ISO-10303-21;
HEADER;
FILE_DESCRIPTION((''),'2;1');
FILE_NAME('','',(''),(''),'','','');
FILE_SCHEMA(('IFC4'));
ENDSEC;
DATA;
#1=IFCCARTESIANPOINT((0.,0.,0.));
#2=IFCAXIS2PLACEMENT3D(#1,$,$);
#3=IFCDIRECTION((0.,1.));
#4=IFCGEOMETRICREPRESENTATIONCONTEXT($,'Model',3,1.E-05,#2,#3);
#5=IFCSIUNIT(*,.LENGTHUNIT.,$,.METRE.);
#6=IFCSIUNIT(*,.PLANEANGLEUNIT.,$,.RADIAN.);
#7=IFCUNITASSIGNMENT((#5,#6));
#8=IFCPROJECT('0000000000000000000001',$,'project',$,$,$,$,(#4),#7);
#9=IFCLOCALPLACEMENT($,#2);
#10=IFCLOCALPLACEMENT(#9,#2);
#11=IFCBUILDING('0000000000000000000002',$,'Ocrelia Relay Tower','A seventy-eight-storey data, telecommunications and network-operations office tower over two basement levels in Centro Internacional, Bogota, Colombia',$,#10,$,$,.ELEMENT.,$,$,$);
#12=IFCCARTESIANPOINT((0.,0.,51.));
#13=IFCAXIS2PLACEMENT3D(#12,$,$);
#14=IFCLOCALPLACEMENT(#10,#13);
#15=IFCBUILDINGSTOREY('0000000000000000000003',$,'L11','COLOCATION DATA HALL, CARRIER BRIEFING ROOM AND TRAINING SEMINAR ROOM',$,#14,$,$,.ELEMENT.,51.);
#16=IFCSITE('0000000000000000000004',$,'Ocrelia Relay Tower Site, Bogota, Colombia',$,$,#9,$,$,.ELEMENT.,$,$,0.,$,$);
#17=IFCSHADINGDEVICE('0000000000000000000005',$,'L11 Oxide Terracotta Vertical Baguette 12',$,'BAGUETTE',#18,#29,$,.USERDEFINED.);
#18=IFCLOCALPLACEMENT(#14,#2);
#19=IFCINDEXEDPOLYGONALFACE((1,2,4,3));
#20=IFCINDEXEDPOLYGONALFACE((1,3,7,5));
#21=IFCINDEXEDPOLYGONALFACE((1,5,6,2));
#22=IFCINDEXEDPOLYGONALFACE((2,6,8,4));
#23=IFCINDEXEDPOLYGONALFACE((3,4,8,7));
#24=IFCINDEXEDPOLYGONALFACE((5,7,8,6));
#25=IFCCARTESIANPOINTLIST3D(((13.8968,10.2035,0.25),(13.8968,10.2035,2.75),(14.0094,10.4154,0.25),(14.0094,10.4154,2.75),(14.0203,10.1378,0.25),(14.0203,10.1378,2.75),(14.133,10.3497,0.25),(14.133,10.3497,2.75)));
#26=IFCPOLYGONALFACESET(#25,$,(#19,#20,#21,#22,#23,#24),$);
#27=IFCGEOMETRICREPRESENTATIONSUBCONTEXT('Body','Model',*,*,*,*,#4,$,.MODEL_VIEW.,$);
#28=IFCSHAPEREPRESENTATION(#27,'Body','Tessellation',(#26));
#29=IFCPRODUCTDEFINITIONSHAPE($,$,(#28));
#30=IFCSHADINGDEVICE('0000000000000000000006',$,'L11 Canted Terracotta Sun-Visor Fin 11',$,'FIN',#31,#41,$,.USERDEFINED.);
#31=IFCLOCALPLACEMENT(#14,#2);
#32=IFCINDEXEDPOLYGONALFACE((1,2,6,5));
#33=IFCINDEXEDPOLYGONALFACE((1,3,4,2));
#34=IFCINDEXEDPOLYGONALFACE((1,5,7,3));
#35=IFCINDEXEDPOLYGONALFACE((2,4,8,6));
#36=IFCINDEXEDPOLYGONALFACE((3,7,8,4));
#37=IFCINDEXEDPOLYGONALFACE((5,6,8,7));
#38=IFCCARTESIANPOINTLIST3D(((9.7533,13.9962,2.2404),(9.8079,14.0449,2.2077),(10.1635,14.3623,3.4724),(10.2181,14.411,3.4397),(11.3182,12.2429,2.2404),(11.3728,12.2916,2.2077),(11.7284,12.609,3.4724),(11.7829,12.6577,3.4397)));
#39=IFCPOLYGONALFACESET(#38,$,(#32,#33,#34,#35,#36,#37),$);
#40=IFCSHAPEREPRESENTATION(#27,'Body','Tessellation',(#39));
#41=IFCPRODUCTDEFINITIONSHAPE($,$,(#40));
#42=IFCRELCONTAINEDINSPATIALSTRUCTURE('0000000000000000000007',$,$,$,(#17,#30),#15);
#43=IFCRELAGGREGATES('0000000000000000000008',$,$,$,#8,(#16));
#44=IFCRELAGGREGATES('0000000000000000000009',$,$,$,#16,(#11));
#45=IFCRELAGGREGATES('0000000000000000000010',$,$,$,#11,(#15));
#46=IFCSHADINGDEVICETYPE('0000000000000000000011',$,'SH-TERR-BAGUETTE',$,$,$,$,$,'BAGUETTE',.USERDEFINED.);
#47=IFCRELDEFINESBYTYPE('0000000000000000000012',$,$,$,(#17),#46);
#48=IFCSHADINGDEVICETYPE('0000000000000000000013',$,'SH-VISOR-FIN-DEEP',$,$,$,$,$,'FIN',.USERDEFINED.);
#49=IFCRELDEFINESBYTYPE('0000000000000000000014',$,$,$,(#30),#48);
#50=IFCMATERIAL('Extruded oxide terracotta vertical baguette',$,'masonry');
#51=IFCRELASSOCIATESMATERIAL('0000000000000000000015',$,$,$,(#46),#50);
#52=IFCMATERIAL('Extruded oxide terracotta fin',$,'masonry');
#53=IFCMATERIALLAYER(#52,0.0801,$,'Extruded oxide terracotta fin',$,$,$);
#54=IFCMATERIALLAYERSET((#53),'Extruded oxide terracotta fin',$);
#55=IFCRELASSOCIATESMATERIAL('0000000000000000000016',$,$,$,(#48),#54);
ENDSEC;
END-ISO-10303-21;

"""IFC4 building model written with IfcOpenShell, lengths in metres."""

from ifc_helpers import new_model, si_unit, direction, frame, origin, origin_2d, place, context, subcontext, project, spatial, rectangle, extrude, material, layer, layer_set, type_object, element, save


model = new_model("IFC4")

# Units and contexts
model_context = context("Model", 3, precision=1e-05, world=origin(), true_north=direction((0.0, 1.0)))
body_context = subcontext(model_context, "Body", "Model", "MODEL_VIEW")
ifc_project = project(units=[si_unit("LENGTHUNIT", "METRE"), si_unit("PLANEANGLEUNIT", "RADIAN")], contexts=[model_context])

# Site, building, storey
site_placement = place(None, origin())
site = spatial("IfcSite", under=ifc_project, at=site_placement, Name="Ocrelia Relay Tower Site, Bogota, Colombia", CompositionType="ELEMENT", RefElevation=0.0)
building_placement = place(site_placement, origin())
building = spatial("IfcBuilding", under=site, at=building_placement, Name="Ocrelia Relay Tower", Description="A seventy-eight-storey data, telecommunications and network-operations office tower over two basement levels in Centro Internacional, Bogota, Colombia", CompositionType="ELEMENT")
storey_placement = place(building_placement, frame((0.0, 0.0, 51.0)))
storey = spatial("IfcBuildingStorey", under=building, at=storey_placement, Name="L11", Description="COLOCATION DATA HALL, CARRIER BRIEFING ROOM AND TRAINING SEMINAR ROOM", CompositionType="ELEMENT", Elevation=51.0)

# Shading devices
ifc_material_1 = material(Name="Extruded oxide terracotta vertical baguette", Category="masonry")
shading_device_type_1 = type_object("IfcShadingDeviceType", Name="SH-TERR-BAGUETTE", ElementType="BAGUETTE", PredefinedType="USERDEFINED", material=ifc_material_1)
shading_device_1_placement = place(storey_placement, frame((14.0149, 10.2766, 0.25), z_axis=(0.0, 0.0, 1.0), x_axis=(0.883049, -0.469281, 0.0)))
element("IfcShadingDevice", 1, at=shading_device_1_placement, inside=storey, type_object=shading_device_type_1, Name="L11 Oxide Terracotta Vertical Baguette 12", ObjectType="BAGUETTE", PredefinedType="USERDEFINED", context=body_context, shape_type="SweptSolid", body=[
    extrude(rectangle(XDim=0.1399, YDim=0.24, at=origin_2d()), origin(), (0.0, 0.0, 1.0), 2.5),
])
ifc_material_2 = material(Name="Extruded oxide terracotta fin", Category="masonry")
ifc_layer_1 = layer(ifc_material_2, 0.0801, Name="Extruded oxide terracotta fin")
ifc_layer_set_1 = layer_set([ifc_layer_1], Name="Extruded oxide terracotta fin")
shading_device_type_2 = type_object("IfcShadingDeviceType", Name="SH-VISOR-FIN-DEEP", ElementType="FIN", PredefinedType="USERDEFINED", material=ifc_layer_set_1)
shading_device_2_placement = place(storey_placement, frame((10.7954, 13.3513, 2.8237), z_axis=(-0.681296, -0.608073, 0.407534), x_axis=(0.665878, -0.746061, 0.0)))
element("IfcShadingDevice", 2, at=shading_device_2_placement, inside=storey, type_object=shading_device_type_2, Name="L11 Canted Terracotta Sun-Visor Fin 11", ObjectType="FIN", PredefinedType="USERDEFINED", context=body_context, shape_type="SweptSolid", body=[
    extrude(rectangle(XDim=2.3501, YDim=1.3491, at=origin_2d()), origin(), (0.0, 0.0, 1.0), 0.0801),
])

save(model, "model.ifc")
